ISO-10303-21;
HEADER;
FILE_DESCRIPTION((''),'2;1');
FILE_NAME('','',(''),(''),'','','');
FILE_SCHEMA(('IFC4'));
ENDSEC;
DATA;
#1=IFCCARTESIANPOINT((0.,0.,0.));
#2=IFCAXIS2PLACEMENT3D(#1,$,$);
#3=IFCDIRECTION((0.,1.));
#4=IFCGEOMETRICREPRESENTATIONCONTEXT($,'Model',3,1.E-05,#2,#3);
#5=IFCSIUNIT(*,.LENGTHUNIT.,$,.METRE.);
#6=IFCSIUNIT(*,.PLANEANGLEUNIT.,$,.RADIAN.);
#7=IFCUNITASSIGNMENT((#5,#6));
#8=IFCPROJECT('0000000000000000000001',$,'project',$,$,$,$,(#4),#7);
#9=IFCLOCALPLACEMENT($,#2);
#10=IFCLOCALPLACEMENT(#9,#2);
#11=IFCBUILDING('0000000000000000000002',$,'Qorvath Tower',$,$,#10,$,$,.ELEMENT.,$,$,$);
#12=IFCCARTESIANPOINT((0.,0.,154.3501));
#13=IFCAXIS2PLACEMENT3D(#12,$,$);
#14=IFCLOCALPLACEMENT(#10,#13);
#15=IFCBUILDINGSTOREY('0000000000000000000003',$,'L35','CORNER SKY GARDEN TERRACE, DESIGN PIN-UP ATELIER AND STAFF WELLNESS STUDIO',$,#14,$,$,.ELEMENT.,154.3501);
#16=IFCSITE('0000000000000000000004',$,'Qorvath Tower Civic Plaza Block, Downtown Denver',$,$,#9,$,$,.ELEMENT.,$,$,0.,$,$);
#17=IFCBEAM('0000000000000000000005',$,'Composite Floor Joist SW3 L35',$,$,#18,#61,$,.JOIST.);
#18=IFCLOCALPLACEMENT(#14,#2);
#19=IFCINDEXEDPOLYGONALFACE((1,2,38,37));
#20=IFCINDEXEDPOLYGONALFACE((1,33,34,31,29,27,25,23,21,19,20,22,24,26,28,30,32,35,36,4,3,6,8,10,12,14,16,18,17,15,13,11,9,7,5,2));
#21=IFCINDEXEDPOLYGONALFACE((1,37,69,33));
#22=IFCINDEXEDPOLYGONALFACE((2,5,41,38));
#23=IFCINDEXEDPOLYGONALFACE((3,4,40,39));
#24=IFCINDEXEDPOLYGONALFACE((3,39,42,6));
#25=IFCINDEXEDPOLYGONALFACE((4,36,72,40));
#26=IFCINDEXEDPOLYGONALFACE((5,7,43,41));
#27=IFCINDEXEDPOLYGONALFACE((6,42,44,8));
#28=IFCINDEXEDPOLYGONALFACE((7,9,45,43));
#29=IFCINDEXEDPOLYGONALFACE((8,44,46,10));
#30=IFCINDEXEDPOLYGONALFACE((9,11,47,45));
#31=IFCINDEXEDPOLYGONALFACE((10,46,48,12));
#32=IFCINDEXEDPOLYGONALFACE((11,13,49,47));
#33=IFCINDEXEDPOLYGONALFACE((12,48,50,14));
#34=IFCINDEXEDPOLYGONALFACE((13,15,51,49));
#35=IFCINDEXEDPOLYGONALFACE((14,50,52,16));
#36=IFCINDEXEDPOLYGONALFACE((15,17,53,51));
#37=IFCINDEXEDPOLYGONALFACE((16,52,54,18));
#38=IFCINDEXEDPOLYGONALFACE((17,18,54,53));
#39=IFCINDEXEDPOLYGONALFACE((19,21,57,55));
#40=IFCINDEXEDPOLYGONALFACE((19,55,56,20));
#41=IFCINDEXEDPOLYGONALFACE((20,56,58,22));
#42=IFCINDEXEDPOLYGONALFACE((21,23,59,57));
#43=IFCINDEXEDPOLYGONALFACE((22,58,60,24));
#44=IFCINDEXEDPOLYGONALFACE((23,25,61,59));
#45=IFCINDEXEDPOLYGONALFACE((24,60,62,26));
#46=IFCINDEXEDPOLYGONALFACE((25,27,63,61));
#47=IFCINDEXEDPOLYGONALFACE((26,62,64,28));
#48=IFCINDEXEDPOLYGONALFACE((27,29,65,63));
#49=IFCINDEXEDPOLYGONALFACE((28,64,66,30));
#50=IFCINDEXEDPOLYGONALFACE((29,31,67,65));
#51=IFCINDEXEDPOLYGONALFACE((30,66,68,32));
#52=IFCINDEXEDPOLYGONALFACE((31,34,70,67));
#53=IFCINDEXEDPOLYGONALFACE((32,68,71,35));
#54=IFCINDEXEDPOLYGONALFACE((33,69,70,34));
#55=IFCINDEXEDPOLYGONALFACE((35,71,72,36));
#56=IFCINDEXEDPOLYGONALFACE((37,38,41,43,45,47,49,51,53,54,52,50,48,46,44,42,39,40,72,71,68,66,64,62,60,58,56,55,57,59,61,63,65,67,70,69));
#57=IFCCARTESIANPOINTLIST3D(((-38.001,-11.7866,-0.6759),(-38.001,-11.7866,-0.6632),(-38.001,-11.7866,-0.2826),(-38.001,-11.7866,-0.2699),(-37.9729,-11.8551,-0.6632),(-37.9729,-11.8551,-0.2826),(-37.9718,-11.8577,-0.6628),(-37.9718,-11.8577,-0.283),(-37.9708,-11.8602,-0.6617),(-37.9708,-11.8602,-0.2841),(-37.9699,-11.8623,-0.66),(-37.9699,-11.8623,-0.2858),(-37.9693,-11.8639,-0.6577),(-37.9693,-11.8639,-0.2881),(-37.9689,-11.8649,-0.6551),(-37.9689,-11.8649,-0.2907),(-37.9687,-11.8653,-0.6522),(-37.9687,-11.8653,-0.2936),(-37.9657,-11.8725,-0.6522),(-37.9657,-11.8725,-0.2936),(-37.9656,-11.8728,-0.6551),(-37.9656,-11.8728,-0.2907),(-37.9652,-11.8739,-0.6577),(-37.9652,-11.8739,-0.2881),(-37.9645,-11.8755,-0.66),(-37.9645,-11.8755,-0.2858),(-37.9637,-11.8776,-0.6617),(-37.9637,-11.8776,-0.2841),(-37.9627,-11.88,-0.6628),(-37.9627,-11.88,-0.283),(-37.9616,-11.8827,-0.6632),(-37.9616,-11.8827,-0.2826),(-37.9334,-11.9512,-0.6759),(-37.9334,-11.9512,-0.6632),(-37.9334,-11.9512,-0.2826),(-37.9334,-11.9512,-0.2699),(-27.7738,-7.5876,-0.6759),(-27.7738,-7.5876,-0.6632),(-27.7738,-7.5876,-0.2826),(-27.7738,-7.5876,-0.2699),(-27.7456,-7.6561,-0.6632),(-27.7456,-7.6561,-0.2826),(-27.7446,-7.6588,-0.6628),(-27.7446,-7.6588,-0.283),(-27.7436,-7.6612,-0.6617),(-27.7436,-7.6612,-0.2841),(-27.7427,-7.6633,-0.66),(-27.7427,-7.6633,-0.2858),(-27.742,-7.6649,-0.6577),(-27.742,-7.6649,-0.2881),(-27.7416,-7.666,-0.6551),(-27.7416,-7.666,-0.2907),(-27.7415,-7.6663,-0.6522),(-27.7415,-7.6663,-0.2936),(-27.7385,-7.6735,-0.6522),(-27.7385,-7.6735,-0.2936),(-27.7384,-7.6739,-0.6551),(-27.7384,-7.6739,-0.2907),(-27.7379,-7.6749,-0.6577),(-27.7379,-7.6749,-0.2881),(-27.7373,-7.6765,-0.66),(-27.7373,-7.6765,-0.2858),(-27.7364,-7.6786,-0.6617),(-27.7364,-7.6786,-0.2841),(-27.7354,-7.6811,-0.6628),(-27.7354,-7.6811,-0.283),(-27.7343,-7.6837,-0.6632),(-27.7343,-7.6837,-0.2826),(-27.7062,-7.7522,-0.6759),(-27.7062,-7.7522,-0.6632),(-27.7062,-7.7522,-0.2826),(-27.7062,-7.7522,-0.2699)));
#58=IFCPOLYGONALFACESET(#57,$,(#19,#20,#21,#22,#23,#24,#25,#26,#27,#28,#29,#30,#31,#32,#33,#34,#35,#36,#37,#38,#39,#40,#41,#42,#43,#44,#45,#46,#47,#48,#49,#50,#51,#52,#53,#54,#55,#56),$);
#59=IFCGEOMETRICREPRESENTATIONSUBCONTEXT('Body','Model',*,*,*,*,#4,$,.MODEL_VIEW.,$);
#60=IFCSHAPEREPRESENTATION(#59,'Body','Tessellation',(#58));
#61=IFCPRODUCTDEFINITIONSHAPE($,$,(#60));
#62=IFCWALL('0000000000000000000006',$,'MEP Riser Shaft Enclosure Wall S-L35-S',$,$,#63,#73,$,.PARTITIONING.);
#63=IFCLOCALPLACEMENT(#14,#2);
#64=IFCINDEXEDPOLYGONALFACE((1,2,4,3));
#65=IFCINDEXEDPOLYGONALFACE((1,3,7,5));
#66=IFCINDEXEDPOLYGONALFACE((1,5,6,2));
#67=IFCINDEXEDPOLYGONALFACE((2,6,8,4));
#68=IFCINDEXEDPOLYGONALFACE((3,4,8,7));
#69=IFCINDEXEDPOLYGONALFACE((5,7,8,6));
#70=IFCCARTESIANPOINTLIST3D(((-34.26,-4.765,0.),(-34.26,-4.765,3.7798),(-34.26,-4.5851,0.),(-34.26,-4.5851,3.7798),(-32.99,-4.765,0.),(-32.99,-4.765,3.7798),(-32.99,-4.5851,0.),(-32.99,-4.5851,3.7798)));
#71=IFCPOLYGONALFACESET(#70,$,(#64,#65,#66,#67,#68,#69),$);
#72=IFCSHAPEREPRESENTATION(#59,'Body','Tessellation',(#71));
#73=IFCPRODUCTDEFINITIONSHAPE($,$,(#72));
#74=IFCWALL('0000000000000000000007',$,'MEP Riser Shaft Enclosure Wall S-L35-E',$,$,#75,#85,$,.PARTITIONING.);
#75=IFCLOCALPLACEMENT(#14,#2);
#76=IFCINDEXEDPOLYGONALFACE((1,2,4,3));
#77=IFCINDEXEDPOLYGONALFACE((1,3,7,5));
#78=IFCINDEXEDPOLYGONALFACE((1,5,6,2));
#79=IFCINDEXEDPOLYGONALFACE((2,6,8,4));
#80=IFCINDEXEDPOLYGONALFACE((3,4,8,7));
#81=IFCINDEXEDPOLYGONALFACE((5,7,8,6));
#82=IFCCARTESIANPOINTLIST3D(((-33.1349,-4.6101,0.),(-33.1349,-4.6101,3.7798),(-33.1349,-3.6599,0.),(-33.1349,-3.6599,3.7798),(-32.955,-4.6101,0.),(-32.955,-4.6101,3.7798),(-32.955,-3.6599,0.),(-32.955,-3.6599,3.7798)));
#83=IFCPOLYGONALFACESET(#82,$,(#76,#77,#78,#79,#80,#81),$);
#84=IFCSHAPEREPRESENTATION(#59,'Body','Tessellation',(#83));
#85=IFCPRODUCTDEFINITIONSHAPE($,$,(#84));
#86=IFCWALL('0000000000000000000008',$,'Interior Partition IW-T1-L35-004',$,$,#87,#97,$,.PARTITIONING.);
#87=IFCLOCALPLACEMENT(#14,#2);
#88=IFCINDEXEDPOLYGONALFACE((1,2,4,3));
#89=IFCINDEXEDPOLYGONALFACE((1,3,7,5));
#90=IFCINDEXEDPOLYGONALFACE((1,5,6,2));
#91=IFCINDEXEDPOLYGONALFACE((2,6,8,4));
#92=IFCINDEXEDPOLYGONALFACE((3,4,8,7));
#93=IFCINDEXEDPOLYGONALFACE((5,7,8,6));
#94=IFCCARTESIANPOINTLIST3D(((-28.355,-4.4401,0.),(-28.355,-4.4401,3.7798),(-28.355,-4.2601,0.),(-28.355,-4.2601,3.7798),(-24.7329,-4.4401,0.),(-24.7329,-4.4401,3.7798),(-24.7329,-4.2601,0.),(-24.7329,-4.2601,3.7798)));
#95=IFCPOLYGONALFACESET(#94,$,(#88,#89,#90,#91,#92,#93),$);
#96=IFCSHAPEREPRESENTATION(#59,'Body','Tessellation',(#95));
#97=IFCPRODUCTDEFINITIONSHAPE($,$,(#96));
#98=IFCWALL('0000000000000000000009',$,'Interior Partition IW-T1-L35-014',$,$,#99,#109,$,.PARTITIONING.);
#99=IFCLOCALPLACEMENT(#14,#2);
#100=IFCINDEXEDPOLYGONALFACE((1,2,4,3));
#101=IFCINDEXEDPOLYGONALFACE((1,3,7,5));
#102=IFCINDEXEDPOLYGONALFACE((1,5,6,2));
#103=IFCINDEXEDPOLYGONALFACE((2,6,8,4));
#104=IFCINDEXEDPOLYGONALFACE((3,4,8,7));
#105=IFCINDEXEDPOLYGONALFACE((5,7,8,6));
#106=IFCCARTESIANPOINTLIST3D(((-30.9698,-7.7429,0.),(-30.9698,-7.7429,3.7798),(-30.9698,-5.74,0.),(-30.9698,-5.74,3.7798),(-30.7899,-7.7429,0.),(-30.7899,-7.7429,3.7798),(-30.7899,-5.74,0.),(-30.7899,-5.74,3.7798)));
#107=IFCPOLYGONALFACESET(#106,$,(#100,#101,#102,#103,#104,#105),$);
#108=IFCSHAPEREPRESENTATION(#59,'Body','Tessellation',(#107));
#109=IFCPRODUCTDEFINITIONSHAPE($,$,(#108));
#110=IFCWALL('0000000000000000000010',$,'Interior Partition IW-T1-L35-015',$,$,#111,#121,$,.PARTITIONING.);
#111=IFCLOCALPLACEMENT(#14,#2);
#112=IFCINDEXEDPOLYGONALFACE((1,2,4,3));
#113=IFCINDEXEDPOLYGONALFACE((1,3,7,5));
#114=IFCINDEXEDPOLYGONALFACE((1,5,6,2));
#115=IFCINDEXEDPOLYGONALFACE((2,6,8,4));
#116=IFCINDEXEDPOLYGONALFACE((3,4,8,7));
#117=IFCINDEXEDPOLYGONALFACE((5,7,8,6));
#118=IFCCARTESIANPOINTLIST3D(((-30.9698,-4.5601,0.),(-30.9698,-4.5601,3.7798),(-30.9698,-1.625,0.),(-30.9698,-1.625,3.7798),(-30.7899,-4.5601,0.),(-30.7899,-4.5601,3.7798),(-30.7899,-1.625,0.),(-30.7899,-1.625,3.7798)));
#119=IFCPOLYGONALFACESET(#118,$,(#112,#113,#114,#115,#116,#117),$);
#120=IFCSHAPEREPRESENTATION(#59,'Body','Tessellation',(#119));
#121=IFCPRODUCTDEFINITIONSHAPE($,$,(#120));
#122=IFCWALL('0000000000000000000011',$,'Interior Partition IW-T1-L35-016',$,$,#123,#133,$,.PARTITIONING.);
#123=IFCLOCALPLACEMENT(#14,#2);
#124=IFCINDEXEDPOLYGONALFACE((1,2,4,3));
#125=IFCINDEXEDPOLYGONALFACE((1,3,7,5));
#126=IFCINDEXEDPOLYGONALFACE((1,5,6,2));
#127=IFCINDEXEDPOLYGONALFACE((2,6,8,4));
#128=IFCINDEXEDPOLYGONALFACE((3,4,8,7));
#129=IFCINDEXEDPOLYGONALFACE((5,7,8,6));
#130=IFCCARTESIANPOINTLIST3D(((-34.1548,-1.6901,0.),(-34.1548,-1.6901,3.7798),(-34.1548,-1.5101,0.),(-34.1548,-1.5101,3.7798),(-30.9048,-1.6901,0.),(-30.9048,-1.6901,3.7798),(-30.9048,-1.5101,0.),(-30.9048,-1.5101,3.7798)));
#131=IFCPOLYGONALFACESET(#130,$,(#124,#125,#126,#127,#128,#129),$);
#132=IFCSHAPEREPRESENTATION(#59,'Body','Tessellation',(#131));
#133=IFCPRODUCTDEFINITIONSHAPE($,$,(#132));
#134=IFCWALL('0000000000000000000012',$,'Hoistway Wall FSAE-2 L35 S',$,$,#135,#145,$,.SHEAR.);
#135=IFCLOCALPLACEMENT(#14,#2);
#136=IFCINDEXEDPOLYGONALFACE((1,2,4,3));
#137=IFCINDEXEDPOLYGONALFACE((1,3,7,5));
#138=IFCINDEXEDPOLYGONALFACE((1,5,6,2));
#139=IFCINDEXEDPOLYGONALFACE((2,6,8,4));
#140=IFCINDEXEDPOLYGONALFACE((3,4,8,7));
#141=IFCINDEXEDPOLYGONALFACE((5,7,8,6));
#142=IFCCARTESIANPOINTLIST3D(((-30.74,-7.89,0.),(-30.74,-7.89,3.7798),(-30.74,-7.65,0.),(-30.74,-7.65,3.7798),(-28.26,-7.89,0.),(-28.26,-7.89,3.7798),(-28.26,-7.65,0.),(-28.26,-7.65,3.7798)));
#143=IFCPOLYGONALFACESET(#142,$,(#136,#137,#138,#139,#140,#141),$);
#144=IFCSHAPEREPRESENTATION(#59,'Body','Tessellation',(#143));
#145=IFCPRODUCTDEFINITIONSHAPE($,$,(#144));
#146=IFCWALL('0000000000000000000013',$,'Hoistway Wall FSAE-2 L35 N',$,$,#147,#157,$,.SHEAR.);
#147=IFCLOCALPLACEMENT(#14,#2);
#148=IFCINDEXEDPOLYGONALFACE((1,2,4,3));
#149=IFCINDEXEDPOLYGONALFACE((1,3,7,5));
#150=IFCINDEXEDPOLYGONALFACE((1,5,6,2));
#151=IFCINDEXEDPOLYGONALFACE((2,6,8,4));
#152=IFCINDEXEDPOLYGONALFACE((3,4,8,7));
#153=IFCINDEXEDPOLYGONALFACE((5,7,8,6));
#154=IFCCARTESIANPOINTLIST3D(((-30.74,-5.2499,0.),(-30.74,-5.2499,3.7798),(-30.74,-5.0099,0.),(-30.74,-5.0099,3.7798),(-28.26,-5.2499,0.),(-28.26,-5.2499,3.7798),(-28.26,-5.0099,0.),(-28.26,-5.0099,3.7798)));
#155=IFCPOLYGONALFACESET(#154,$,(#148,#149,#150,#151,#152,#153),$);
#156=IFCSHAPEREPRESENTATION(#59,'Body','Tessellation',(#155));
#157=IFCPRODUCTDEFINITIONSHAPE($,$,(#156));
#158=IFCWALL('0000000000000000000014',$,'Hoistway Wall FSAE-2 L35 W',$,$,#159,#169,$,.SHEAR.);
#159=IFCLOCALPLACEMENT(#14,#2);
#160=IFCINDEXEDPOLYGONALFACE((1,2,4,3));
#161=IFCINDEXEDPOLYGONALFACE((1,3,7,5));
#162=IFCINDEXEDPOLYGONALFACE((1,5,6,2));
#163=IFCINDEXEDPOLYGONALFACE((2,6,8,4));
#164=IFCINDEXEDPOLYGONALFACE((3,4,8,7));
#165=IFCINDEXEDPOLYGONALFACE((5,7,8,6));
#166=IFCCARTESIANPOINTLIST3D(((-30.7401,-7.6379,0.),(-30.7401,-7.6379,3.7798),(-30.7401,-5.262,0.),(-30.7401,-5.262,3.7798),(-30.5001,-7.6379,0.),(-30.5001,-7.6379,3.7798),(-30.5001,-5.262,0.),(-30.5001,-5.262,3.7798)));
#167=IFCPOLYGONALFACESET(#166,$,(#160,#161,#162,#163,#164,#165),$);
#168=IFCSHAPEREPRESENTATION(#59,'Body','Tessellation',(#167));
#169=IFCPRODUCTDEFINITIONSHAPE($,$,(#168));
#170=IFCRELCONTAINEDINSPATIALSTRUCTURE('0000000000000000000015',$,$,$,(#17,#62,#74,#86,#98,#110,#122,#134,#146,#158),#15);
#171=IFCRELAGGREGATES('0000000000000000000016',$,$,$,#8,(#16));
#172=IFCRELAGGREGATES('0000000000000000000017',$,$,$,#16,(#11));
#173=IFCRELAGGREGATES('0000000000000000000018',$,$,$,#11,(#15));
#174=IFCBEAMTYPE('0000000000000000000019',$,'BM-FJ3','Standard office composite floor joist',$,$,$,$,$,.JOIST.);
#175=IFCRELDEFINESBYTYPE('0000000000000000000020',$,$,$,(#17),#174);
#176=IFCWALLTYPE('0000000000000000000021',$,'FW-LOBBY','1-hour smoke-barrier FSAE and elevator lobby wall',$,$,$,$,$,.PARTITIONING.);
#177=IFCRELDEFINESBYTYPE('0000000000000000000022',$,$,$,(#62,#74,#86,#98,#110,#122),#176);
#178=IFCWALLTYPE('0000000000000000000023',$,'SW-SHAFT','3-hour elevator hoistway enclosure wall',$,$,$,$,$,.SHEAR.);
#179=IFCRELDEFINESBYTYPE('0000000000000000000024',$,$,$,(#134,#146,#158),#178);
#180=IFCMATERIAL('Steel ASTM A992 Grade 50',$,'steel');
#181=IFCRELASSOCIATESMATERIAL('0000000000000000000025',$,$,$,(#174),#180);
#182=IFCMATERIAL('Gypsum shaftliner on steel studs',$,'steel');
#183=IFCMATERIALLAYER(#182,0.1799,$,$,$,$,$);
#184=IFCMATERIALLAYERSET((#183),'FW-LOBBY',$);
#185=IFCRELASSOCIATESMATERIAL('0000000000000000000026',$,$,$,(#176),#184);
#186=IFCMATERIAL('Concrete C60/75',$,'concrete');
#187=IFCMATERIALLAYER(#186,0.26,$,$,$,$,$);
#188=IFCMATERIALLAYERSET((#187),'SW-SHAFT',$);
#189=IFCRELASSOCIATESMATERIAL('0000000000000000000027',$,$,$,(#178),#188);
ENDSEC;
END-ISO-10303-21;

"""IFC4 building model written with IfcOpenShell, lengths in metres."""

from ifc_helpers import new_model, si_unit, direction, frame, frame_2d, origin, origin_2d, place, context, subcontext, project, spatial, rectangle, i_section, extrude, material, layer, layer_set, material_profile, profile_set, type_object, element, save


model = new_model("IFC4")

# Units and contexts
model_context = context("Model", 3, precision=1e-05, world=origin(), true_north=direction((0.0, 1.0)))
body_context = subcontext(model_context, "Body", "Model", "MODEL_VIEW")
ifc_project = project(units=[si_unit("LENGTHUNIT", "METRE"), si_unit("PLANEANGLEUNIT", "RADIAN")], contexts=[model_context])

# Site, building, storey
site_placement = place(None, origin())
site = spatial("IfcSite", under=ifc_project, at=site_placement, Name="Qorvath Tower Civic Plaza Block, Downtown Denver", CompositionType="ELEMENT", RefElevation=0.0)
building_placement = place(site_placement, origin())
building = spatial("IfcBuilding", under=site, at=building_placement, Name="Qorvath Tower", CompositionType="ELEMENT")
storey_placement = place(building_placement, frame((0.0, 0.0, 154.3501)))
storey = spatial("IfcBuildingStorey", under=building, at=storey_placement, Name="L35", Description="CORNER SKY GARDEN TERRACE, DESIGN PIN-UP ATELIER AND STAFF WELLNESS STUDIO", CompositionType="ELEMENT", Elevation=154.3501)

# Beam
ifc_material_1 = material(Name="Steel ASTM A992 Grade 50", Category="steel")
ifc_material_profile_1 = material_profile(ifc_material_1, i_section(OverallWidth=0.178, OverallDepth=0.406, WebThickness=0.0078, FlangeThickness=0.0127, FilletRadius=0.011, at=origin_2d()), Name="W16x40")
ifc_profile_set_1 = profile_set([ifc_material_profile_1], Name="Steel ASTM A992 Grade 50")
beam_type_1 = type_object("IfcBeamType", Name="BM-FJ3", Description="Standard office composite floor joist", PredefinedType="JOIST", material=ifc_profile_set_1)
beam_1_placement = place(storey_placement, frame((-27.74, -7.6699, -0.4729), z_axis=(-0.925068, -0.379801, 0.0), x_axis=(0.379801, -0.925068, 0.0)))
element("IfcBeam", 1, at=beam_1_placement, inside=storey, type_object=beam_type_1, Name="Composite Floor Joist SW3 L35", PredefinedType="JOIST", context=body_context, shape_type="SweptSolid", body=[
    extrude(i_section(OverallWidth=0.178, OverallDepth=0.406, WebThickness=0.0078, FlangeThickness=0.0127, FilletRadius=0.011, at=origin_2d()), origin(), (0.0, 0.0, 1.0), 11.0557),
])

# Walls
ifc_material_2 = material(Name="Gypsum shaftliner on steel studs", Category="steel")
ifc_layer_1 = layer(ifc_material_2, 0.1799)
ifc_layer_set_1 = layer_set([ifc_layer_1], Name="FW-LOBBY")
wall_type_1 = type_object("IfcWallType", Name="FW-LOBBY", Description="1-hour smoke-barrier FSAE and elevator lobby wall", PredefinedType="PARTITIONING", material=ifc_layer_set_1)
wall_1_placement = place(storey_placement, frame((-32.99, -4.675, 0.0), z_axis=(0.0, 0.0, 1.0), x_axis=(-1.0, 0.0, 0.0)))
element("IfcWall", 2, at=wall_1_placement, inside=storey, type_object=wall_type_1, Name="MEP Riser Shaft Enclosure Wall S-L35-S", PredefinedType="PARTITIONING", context=body_context, shape_type="SweptSolid", body=[
    extrude(rectangle(XDim=1.27, YDim=0.1799, at=frame_2d((0.635, 0.0))), origin(), (0.0, 0.0, 1.0), 3.7798),
])
wall_2_placement = place(storey_placement, frame((-33.0449, -3.6599, 0.0), z_axis=(0.0, 0.0, 1.0), x_axis=(0.0, -1.0, 0.0)))
element("IfcWall", 3, at=wall_2_placement, inside=storey, type_object=wall_type_1, Name="MEP Riser Shaft Enclosure Wall S-L35-E", PredefinedType="PARTITIONING", context=body_context, shape_type="SweptSolid", body=[
    extrude(rectangle(XDim=0.9502, YDim=0.1799, at=frame_2d((0.4751, 0.0))), origin(), (0.0, 0.0, 1.0), 3.7798),
])
wall_3_placement = place(storey_placement, frame((-24.7329, -4.3501, 0.0), z_axis=(0.0, 0.0, 1.0), x_axis=(-1.0, 0.0, 0.0)))
element("IfcWall", 4, at=wall_3_placement, inside=storey, type_object=wall_type_1, Name="Interior Partition IW-T1-L35-004", PredefinedType="PARTITIONING", context=body_context, shape_type="SweptSolid", body=[
    extrude(rectangle(XDim=3.6221, YDim=0.1799, at=frame_2d((1.811, 0.0))), origin(), (0.0, 0.0, 1.0), 3.7798),
])
wall_4_placement = place(storey_placement, frame((-30.8799, -7.7429, 0.0), z_axis=(0.0, 0.0, 1.0), x_axis=(0.0, 1.0, 0.0)))
element("IfcWall", 5, at=wall_4_placement, inside=storey, type_object=wall_type_1, Name="Interior Partition IW-T1-L35-014", PredefinedType="PARTITIONING", context=body_context, shape_type="SweptSolid", body=[
    extrude(rectangle(XDim=2.0029, YDim=0.1799, at=frame_2d((1.0015, 0.0))), origin(), (0.0, 0.0, 1.0), 3.7798),
])
wall_5_placement = place(storey_placement, frame((-30.8799, -4.5601, 0.0), z_axis=(0.0, 0.0, 1.0), x_axis=(0.0, 1.0, 0.0)))
element("IfcWall", 6, at=wall_5_placement, inside=storey, type_object=wall_type_1, Name="Interior Partition IW-T1-L35-015", PredefinedType="PARTITIONING", context=body_context, shape_type="SweptSolid", body=[
    extrude(rectangle(XDim=2.9351, YDim=0.1799, at=frame_2d((1.4675, 0.0))), origin(), (0.0, 0.0, 1.0), 3.7798),
])
wall_6_placement = place(storey_placement, frame((-30.9048, -1.6001, 0.0), z_axis=(0.0, 0.0, 1.0), x_axis=(-1.0, 0.0, 0.0)))
element("IfcWall", 7, at=wall_6_placement, inside=storey, type_object=wall_type_1, Name="Interior Partition IW-T1-L35-016", PredefinedType="PARTITIONING", context=body_context, shape_type="SweptSolid", body=[
    extrude(rectangle(XDim=3.25, YDim=0.1799, at=frame_2d((1.625, 0.0))), origin(), (0.0, 0.0, 1.0), 3.7798),
])
ifc_material_3 = material(Name="Concrete C60/75", Category="concrete")
ifc_layer_2 = layer(ifc_material_3, 0.26)
ifc_layer_set_2 = layer_set([ifc_layer_2], Name="SW-SHAFT")
wall_type_2 = type_object("IfcWallType", Name="SW-SHAFT", Description="3-hour elevator hoistway enclosure wall", PredefinedType="SHEAR", material=ifc_layer_set_2)
for number, where, z_axis, x_axis, name in (
    (8, (-28.26, -7.77, 0.0), (0.0, 0.0, 1.0), (-1.0, 0.0, 0.0), "Hoistway Wall FSAE-2 L35 S"),
    (9, (-30.74, -5.1299, 0.0), (0.0, 0.0, 1.0), (1.0, 0.0, 0.0), "Hoistway Wall FSAE-2 L35 N"),
):
    element("IfcWall", number, at=place(storey_placement, frame(where, z_axis=z_axis, x_axis=x_axis)), inside=storey, type_object=wall_type_2, Name=name, PredefinedType="SHEAR", context=body_context, shape_type="SweptSolid", body=[
        extrude(rectangle(XDim=2.48, YDim=0.24, at=frame_2d((1.24, 0.0))), origin(), (0.0, 0.0, 1.0), 3.7798),
    ])
wall_7_placement = place(storey_placement, frame((-30.6201, -7.6379, 0.0), z_axis=(0.0, 0.0, 1.0), x_axis=(0.0, 1.0, 0.0)))
element("IfcWall", 10, at=wall_7_placement, inside=storey, type_object=wall_type_2, Name="Hoistway Wall FSAE-2 L35 W", PredefinedType="SHEAR", context=body_context, shape_type="SweptSolid", body=[
    extrude(rectangle(XDim=2.376, YDim=0.24, at=frame_2d((1.188, 0.0))), origin(), (0.0, 0.0, 1.0), 3.7798),
])

save(model, "model.ifc")
